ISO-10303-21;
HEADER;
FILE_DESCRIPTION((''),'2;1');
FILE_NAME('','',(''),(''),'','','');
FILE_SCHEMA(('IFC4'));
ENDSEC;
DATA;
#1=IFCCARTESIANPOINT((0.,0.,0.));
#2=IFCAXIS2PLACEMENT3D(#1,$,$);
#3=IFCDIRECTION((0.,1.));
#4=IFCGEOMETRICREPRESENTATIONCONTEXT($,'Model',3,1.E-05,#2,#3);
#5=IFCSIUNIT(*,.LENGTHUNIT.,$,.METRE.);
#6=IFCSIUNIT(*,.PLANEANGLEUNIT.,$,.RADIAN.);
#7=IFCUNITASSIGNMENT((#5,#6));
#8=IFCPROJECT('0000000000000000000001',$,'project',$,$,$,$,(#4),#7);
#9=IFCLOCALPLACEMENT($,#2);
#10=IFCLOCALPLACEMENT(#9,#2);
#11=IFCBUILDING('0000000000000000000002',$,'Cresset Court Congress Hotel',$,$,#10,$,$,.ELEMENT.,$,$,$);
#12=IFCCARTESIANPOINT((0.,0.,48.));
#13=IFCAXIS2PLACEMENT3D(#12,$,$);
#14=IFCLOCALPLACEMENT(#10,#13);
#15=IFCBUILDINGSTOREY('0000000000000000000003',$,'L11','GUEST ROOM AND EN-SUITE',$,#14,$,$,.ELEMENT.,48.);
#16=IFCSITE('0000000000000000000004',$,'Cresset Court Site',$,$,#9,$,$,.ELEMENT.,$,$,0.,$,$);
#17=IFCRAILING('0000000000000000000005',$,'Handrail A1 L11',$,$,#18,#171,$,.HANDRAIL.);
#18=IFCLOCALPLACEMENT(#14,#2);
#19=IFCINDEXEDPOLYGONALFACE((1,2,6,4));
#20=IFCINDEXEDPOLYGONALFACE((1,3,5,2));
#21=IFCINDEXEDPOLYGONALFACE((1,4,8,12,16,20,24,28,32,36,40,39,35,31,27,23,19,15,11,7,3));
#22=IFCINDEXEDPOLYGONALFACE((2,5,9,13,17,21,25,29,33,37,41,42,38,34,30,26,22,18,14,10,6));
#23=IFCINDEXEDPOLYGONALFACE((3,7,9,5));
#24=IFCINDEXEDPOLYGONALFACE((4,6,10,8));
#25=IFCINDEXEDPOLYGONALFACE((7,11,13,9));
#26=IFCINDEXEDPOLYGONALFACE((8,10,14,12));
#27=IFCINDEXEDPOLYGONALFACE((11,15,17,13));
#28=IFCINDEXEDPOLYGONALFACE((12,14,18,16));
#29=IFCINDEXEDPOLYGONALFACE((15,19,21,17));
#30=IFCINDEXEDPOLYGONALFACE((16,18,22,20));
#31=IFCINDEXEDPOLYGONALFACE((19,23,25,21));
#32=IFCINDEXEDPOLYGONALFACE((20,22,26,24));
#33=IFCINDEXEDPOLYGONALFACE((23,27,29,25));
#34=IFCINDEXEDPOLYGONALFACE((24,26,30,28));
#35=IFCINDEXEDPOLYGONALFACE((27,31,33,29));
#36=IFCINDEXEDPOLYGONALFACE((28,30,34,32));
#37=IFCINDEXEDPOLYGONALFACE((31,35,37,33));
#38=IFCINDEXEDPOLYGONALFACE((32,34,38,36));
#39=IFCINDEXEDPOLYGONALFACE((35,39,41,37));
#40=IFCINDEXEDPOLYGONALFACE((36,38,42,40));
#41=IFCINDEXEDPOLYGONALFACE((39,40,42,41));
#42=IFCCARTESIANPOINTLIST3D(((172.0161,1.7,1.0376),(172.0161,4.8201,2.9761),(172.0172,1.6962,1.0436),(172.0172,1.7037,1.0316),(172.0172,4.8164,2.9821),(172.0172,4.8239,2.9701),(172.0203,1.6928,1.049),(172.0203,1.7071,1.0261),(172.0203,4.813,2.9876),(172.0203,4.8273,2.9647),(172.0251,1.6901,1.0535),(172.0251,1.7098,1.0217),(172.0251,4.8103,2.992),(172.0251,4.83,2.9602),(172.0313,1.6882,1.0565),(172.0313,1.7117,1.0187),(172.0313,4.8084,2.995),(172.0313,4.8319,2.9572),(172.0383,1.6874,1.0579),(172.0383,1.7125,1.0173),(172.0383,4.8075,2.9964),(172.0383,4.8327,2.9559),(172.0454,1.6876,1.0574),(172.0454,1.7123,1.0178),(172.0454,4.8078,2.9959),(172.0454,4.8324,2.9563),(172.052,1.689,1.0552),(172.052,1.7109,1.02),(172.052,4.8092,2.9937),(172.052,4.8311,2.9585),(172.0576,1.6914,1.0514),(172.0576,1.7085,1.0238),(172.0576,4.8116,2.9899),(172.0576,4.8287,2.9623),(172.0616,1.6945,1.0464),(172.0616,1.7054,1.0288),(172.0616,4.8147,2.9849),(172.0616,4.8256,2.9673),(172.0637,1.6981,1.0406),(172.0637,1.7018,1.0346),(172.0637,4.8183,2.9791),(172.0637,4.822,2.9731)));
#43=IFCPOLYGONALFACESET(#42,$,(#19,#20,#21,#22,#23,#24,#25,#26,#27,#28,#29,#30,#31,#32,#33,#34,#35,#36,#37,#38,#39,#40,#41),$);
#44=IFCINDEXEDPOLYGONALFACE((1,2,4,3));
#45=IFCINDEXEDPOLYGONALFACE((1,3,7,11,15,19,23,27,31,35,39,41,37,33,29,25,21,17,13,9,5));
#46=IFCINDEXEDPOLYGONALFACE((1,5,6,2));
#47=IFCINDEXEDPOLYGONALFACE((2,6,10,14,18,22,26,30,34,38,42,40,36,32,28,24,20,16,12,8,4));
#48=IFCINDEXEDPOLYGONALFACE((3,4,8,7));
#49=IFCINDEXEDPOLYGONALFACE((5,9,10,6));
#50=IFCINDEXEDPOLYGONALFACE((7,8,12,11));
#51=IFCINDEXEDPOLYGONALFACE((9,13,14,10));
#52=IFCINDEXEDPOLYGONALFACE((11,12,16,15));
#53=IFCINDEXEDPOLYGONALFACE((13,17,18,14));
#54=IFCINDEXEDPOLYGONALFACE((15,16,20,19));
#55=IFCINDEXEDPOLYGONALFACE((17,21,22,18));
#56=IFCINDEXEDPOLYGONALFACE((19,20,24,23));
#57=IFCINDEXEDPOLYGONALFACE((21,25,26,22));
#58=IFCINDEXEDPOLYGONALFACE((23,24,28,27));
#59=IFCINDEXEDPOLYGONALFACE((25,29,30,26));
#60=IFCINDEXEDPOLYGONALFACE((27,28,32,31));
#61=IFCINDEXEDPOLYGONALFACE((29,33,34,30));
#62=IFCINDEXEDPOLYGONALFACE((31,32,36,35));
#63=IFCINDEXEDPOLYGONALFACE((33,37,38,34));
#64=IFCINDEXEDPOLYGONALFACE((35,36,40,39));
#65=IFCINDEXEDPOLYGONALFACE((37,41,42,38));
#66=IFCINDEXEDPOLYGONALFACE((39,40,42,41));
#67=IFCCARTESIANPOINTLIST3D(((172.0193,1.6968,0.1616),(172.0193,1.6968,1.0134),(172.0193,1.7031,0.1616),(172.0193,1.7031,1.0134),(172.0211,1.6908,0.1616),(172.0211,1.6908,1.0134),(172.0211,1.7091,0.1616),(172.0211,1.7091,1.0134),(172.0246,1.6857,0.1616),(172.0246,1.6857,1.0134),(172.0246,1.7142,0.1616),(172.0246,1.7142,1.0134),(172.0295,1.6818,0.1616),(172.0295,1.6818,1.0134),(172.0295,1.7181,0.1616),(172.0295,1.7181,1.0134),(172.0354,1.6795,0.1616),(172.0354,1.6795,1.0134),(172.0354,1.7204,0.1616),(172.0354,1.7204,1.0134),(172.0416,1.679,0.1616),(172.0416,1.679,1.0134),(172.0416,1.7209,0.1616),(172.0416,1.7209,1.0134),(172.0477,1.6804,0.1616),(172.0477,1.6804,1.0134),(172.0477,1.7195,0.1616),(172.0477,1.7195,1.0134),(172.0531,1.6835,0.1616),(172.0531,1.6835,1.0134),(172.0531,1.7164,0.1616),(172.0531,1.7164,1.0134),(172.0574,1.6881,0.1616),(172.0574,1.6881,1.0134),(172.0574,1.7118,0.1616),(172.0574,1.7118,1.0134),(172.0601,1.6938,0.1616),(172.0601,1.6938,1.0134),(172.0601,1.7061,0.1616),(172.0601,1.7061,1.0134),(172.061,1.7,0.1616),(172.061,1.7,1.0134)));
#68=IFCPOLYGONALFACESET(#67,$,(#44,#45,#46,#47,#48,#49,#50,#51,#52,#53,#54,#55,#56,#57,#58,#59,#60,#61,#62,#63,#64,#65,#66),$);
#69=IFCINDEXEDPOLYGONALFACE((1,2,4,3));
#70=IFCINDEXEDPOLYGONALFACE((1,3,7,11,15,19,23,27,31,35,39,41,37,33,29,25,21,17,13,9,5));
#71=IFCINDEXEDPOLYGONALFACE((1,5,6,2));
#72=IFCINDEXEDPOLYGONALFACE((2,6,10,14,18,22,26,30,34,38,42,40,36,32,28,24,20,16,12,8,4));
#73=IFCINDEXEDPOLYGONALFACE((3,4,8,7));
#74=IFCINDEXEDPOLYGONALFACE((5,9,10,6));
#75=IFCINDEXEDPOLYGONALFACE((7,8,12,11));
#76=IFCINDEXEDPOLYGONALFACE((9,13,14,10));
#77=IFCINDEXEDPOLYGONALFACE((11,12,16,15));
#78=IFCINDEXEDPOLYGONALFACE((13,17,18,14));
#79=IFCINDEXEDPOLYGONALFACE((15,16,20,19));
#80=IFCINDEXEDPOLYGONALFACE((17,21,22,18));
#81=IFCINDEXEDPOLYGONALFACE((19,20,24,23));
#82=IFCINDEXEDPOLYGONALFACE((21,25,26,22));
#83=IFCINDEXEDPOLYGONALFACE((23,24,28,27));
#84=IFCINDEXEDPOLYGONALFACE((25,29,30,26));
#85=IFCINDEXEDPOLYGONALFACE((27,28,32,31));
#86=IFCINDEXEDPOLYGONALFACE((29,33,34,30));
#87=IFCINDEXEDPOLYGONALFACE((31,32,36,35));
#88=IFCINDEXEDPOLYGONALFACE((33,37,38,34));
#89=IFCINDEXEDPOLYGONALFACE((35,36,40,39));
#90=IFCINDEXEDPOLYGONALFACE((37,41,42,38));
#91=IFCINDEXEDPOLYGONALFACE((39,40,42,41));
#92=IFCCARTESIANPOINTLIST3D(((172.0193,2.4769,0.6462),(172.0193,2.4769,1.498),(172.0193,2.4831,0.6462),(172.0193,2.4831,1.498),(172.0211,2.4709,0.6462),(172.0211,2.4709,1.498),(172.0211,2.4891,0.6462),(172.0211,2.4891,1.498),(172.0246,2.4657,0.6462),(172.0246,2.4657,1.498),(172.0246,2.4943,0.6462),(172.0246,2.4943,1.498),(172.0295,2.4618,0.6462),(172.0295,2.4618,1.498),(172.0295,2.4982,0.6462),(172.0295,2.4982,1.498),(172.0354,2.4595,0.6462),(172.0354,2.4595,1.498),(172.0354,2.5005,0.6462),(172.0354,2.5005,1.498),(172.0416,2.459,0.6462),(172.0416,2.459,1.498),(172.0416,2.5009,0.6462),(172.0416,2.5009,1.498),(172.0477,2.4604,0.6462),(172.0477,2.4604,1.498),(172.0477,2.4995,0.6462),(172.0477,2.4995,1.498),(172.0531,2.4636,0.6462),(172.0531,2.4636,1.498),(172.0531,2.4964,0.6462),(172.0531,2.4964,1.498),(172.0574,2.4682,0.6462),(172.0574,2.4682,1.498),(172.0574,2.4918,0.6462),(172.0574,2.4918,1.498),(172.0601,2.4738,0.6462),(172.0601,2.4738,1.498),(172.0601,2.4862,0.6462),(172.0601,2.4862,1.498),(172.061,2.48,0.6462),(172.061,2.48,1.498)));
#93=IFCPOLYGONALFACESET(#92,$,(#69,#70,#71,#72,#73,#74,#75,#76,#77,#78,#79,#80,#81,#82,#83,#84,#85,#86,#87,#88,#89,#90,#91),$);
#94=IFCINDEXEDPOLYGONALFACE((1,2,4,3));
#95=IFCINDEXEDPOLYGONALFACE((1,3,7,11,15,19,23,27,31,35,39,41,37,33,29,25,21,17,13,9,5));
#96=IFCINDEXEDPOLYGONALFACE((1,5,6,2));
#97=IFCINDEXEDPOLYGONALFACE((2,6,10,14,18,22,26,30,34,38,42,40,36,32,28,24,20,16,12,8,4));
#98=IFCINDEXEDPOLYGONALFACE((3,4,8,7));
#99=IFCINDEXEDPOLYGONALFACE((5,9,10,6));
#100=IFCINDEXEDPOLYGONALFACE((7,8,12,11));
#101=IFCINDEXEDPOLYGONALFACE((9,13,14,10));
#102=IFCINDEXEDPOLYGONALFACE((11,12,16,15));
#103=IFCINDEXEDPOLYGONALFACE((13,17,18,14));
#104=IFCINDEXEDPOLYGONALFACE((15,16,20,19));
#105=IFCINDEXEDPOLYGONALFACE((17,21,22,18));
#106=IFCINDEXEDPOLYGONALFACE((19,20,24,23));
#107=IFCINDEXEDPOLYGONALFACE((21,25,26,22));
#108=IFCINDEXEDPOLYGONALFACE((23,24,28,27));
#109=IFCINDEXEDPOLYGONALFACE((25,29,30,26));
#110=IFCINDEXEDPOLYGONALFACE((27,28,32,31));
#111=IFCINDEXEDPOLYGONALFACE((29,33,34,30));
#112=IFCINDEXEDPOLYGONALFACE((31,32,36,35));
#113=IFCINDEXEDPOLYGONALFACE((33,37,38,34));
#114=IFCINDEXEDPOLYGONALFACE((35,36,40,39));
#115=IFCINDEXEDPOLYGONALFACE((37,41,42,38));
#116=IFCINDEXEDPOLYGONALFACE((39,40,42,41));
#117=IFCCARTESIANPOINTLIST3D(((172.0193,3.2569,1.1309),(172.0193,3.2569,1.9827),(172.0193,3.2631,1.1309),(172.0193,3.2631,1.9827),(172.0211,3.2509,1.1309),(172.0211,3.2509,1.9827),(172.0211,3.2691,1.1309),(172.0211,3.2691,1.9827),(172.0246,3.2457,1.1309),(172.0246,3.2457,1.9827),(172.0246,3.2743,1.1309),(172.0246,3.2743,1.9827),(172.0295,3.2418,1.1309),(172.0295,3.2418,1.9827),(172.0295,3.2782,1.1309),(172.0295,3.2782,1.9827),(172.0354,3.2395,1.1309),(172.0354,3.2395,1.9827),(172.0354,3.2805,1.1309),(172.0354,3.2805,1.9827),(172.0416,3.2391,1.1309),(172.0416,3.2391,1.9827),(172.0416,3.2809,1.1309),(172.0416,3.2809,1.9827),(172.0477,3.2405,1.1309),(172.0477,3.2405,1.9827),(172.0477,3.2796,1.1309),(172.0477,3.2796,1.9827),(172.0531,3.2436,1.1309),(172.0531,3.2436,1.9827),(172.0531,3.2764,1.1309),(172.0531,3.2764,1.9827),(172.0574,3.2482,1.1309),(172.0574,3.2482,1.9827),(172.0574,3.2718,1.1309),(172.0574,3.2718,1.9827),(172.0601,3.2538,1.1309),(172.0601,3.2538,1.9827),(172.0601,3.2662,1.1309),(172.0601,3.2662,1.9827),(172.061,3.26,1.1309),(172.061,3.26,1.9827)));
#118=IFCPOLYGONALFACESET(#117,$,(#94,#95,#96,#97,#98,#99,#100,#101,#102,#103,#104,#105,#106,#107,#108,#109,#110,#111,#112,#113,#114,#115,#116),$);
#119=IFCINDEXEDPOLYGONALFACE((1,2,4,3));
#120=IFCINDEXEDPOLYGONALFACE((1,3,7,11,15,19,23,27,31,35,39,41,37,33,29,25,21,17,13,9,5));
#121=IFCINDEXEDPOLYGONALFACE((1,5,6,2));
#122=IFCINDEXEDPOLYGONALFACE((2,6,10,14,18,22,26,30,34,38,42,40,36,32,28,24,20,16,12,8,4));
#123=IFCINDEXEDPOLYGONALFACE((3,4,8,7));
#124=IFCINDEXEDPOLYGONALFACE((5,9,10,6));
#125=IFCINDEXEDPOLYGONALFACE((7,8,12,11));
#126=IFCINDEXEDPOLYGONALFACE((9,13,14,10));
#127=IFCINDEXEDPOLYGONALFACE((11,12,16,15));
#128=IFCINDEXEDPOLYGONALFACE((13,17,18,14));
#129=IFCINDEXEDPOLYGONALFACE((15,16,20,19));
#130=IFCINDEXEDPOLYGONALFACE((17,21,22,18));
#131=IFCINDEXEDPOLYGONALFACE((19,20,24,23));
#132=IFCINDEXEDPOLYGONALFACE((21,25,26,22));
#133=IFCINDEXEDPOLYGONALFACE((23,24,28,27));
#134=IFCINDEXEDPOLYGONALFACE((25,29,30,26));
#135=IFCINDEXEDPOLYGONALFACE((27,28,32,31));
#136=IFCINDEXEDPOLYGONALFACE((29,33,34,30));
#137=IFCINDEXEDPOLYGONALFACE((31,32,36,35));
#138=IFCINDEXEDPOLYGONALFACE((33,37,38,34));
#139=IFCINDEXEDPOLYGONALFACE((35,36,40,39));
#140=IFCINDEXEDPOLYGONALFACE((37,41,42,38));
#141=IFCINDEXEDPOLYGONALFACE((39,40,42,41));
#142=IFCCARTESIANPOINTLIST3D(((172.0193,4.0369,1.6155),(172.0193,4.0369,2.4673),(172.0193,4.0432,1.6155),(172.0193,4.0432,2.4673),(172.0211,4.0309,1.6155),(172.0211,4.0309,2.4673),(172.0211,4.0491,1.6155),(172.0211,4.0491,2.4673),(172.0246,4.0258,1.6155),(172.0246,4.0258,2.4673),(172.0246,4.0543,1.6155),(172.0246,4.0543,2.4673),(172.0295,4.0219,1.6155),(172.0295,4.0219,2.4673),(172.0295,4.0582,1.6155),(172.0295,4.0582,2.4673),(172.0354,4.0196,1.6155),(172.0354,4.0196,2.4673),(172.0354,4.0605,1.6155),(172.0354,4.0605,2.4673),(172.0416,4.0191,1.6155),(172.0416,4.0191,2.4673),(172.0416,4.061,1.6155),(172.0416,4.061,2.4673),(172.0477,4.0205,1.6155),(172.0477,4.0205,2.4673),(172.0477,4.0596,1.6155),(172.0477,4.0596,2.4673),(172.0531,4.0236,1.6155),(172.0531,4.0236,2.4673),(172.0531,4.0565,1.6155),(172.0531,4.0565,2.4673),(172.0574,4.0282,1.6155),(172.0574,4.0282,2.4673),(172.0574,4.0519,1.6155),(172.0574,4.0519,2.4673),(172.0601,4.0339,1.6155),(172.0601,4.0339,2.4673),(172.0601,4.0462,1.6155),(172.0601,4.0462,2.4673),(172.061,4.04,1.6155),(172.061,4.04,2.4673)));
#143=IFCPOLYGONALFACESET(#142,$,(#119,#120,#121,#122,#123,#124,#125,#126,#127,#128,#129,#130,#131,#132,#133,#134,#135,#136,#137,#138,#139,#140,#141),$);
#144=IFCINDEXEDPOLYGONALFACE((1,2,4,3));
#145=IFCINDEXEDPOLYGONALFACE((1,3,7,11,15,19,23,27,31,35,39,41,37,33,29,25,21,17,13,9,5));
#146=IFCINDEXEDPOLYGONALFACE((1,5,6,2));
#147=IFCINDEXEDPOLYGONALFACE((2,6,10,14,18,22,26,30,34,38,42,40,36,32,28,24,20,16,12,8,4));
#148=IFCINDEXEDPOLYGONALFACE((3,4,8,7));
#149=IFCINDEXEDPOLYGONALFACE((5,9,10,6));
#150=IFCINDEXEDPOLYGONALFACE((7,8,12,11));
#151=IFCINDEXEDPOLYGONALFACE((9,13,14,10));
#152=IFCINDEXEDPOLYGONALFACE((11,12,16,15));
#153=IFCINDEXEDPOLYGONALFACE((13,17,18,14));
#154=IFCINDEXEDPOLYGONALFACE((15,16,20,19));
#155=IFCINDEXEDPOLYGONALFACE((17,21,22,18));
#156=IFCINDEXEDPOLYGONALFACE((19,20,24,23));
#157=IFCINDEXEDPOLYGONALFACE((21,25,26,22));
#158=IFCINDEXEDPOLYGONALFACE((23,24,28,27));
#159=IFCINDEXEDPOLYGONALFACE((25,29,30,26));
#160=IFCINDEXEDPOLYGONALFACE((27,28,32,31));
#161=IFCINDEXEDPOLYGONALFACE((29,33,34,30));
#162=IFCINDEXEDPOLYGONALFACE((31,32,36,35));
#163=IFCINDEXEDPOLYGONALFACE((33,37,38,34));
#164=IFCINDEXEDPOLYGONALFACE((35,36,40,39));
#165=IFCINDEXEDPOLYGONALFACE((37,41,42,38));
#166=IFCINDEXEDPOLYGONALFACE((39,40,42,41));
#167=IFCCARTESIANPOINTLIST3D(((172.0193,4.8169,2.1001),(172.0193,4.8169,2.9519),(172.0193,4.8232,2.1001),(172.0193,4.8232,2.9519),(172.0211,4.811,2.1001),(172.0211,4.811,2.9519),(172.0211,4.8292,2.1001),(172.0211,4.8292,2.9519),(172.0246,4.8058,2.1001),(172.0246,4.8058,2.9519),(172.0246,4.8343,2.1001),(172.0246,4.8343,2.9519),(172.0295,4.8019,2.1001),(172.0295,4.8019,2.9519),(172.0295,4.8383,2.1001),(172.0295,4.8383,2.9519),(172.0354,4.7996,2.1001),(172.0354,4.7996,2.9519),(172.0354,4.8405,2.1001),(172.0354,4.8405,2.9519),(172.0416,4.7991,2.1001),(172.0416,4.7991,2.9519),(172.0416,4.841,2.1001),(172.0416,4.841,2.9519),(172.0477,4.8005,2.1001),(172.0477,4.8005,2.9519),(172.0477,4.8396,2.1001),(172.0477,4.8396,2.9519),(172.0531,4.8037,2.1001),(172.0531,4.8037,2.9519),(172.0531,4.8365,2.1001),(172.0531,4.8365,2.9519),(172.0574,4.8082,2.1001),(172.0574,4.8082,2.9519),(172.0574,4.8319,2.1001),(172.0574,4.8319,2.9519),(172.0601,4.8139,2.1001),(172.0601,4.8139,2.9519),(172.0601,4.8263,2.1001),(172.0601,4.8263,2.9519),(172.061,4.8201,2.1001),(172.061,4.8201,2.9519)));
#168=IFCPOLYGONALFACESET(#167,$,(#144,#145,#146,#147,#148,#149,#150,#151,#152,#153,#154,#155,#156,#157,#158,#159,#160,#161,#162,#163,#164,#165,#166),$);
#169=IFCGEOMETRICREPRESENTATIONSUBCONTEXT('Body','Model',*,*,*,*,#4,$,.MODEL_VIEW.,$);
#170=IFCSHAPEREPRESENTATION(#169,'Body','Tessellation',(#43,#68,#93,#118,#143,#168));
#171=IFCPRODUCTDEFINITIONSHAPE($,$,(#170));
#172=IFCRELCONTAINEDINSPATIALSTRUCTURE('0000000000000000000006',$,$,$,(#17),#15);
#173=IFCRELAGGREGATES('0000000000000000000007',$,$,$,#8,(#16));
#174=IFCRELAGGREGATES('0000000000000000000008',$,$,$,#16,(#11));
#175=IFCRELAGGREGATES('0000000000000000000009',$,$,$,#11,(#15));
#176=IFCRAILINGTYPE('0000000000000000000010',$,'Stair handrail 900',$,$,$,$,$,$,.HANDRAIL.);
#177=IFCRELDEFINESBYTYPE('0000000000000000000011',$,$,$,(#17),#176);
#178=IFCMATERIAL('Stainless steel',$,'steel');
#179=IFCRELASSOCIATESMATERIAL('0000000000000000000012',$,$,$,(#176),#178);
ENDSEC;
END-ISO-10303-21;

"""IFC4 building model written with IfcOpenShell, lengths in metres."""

from ifc_helpers import new_model, si_unit, direction, frame, origin, origin_2d, place, context, subcontext, project, spatial, circle, extrude, material, type_object, element, save


model = new_model("IFC4")

# Units and contexts
model_context = context("Model", 3, precision=1e-05, world=origin(), true_north=direction((0.0, 1.0)))
body_context = subcontext(model_context, "Body", "Model", "MODEL_VIEW")
ifc_project = project(units=[si_unit("LENGTHUNIT", "METRE"), si_unit("PLANEANGLEUNIT", "RADIAN")], contexts=[model_context])

# Site, building, storey
site_placement = place(None, origin())
site = spatial("IfcSite", under=ifc_project, at=site_placement, Name="Cresset Court Site", CompositionType="ELEMENT", RefElevation=0.0)
building_placement = place(site_placement, origin())
building = spatial("IfcBuilding", under=site, at=building_placement, Name="Cresset Court Congress Hotel", CompositionType="ELEMENT")
storey_placement = place(building_placement, frame((0.0, 0.0, 48.0)))
storey = spatial("IfcBuildingStorey", under=building, at=storey_placement, Name="L11", Description="GUEST ROOM AND EN-SUITE", CompositionType="ELEMENT", Elevation=48.0)

# Railing
ifc_material_1 = material(Name="Stainless steel", Category="steel")
railing_type_1 = type_object("IfcRailingType", Name="Stair handrail 900", PredefinedType="HANDRAIL", material=ifc_material_1)
for number, where, name in (
    (1, (172.04, 1.7, 0.1616), "Handrail A1 L11"),
):
    element("IfcRailing", number, at=place(storey_placement, frame(where)), inside=storey, type_object=railing_type_1, Name=name, PredefinedType="HANDRAIL", context=body_context, shape_type="SweptSolid", body=[
        extrude(circle(Radius=0.0239, at=origin_2d()), frame((0.0, 0.0, 0.876), z_axis=(0.0, 0.849414, 0.527727), x_axis=(-1.0, 0.0, 0.0)), (0.0, 0.0, 1.0), 3.6733),
        extrude(circle(Radius=0.021, at=origin_2d()), origin(), (0.0, 0.0, 1.0), 0.8518),
        extrude(circle(Radius=0.021, at=origin_2d()), frame((0.0, 0.78, 0.4846)), (0.0, 0.0, 1.0), 0.8518),
        extrude(circle(Radius=0.021, at=origin_2d()), frame((0.0, 1.5601, 0.9692)), (0.0, 0.0, 1.0), 0.8518),
        extrude(circle(Radius=0.021, at=origin_2d()), frame((0.0, 2.3401, 1.4539)), (0.0, 0.0, 1.0), 0.8518),
        extrude(circle(Radius=0.021, at=origin_2d()), frame((0.0, 3.1201, 1.9385)), (0.0, 0.0, 1.0), 0.8518),
    ])

save(model, "model.ifc")
